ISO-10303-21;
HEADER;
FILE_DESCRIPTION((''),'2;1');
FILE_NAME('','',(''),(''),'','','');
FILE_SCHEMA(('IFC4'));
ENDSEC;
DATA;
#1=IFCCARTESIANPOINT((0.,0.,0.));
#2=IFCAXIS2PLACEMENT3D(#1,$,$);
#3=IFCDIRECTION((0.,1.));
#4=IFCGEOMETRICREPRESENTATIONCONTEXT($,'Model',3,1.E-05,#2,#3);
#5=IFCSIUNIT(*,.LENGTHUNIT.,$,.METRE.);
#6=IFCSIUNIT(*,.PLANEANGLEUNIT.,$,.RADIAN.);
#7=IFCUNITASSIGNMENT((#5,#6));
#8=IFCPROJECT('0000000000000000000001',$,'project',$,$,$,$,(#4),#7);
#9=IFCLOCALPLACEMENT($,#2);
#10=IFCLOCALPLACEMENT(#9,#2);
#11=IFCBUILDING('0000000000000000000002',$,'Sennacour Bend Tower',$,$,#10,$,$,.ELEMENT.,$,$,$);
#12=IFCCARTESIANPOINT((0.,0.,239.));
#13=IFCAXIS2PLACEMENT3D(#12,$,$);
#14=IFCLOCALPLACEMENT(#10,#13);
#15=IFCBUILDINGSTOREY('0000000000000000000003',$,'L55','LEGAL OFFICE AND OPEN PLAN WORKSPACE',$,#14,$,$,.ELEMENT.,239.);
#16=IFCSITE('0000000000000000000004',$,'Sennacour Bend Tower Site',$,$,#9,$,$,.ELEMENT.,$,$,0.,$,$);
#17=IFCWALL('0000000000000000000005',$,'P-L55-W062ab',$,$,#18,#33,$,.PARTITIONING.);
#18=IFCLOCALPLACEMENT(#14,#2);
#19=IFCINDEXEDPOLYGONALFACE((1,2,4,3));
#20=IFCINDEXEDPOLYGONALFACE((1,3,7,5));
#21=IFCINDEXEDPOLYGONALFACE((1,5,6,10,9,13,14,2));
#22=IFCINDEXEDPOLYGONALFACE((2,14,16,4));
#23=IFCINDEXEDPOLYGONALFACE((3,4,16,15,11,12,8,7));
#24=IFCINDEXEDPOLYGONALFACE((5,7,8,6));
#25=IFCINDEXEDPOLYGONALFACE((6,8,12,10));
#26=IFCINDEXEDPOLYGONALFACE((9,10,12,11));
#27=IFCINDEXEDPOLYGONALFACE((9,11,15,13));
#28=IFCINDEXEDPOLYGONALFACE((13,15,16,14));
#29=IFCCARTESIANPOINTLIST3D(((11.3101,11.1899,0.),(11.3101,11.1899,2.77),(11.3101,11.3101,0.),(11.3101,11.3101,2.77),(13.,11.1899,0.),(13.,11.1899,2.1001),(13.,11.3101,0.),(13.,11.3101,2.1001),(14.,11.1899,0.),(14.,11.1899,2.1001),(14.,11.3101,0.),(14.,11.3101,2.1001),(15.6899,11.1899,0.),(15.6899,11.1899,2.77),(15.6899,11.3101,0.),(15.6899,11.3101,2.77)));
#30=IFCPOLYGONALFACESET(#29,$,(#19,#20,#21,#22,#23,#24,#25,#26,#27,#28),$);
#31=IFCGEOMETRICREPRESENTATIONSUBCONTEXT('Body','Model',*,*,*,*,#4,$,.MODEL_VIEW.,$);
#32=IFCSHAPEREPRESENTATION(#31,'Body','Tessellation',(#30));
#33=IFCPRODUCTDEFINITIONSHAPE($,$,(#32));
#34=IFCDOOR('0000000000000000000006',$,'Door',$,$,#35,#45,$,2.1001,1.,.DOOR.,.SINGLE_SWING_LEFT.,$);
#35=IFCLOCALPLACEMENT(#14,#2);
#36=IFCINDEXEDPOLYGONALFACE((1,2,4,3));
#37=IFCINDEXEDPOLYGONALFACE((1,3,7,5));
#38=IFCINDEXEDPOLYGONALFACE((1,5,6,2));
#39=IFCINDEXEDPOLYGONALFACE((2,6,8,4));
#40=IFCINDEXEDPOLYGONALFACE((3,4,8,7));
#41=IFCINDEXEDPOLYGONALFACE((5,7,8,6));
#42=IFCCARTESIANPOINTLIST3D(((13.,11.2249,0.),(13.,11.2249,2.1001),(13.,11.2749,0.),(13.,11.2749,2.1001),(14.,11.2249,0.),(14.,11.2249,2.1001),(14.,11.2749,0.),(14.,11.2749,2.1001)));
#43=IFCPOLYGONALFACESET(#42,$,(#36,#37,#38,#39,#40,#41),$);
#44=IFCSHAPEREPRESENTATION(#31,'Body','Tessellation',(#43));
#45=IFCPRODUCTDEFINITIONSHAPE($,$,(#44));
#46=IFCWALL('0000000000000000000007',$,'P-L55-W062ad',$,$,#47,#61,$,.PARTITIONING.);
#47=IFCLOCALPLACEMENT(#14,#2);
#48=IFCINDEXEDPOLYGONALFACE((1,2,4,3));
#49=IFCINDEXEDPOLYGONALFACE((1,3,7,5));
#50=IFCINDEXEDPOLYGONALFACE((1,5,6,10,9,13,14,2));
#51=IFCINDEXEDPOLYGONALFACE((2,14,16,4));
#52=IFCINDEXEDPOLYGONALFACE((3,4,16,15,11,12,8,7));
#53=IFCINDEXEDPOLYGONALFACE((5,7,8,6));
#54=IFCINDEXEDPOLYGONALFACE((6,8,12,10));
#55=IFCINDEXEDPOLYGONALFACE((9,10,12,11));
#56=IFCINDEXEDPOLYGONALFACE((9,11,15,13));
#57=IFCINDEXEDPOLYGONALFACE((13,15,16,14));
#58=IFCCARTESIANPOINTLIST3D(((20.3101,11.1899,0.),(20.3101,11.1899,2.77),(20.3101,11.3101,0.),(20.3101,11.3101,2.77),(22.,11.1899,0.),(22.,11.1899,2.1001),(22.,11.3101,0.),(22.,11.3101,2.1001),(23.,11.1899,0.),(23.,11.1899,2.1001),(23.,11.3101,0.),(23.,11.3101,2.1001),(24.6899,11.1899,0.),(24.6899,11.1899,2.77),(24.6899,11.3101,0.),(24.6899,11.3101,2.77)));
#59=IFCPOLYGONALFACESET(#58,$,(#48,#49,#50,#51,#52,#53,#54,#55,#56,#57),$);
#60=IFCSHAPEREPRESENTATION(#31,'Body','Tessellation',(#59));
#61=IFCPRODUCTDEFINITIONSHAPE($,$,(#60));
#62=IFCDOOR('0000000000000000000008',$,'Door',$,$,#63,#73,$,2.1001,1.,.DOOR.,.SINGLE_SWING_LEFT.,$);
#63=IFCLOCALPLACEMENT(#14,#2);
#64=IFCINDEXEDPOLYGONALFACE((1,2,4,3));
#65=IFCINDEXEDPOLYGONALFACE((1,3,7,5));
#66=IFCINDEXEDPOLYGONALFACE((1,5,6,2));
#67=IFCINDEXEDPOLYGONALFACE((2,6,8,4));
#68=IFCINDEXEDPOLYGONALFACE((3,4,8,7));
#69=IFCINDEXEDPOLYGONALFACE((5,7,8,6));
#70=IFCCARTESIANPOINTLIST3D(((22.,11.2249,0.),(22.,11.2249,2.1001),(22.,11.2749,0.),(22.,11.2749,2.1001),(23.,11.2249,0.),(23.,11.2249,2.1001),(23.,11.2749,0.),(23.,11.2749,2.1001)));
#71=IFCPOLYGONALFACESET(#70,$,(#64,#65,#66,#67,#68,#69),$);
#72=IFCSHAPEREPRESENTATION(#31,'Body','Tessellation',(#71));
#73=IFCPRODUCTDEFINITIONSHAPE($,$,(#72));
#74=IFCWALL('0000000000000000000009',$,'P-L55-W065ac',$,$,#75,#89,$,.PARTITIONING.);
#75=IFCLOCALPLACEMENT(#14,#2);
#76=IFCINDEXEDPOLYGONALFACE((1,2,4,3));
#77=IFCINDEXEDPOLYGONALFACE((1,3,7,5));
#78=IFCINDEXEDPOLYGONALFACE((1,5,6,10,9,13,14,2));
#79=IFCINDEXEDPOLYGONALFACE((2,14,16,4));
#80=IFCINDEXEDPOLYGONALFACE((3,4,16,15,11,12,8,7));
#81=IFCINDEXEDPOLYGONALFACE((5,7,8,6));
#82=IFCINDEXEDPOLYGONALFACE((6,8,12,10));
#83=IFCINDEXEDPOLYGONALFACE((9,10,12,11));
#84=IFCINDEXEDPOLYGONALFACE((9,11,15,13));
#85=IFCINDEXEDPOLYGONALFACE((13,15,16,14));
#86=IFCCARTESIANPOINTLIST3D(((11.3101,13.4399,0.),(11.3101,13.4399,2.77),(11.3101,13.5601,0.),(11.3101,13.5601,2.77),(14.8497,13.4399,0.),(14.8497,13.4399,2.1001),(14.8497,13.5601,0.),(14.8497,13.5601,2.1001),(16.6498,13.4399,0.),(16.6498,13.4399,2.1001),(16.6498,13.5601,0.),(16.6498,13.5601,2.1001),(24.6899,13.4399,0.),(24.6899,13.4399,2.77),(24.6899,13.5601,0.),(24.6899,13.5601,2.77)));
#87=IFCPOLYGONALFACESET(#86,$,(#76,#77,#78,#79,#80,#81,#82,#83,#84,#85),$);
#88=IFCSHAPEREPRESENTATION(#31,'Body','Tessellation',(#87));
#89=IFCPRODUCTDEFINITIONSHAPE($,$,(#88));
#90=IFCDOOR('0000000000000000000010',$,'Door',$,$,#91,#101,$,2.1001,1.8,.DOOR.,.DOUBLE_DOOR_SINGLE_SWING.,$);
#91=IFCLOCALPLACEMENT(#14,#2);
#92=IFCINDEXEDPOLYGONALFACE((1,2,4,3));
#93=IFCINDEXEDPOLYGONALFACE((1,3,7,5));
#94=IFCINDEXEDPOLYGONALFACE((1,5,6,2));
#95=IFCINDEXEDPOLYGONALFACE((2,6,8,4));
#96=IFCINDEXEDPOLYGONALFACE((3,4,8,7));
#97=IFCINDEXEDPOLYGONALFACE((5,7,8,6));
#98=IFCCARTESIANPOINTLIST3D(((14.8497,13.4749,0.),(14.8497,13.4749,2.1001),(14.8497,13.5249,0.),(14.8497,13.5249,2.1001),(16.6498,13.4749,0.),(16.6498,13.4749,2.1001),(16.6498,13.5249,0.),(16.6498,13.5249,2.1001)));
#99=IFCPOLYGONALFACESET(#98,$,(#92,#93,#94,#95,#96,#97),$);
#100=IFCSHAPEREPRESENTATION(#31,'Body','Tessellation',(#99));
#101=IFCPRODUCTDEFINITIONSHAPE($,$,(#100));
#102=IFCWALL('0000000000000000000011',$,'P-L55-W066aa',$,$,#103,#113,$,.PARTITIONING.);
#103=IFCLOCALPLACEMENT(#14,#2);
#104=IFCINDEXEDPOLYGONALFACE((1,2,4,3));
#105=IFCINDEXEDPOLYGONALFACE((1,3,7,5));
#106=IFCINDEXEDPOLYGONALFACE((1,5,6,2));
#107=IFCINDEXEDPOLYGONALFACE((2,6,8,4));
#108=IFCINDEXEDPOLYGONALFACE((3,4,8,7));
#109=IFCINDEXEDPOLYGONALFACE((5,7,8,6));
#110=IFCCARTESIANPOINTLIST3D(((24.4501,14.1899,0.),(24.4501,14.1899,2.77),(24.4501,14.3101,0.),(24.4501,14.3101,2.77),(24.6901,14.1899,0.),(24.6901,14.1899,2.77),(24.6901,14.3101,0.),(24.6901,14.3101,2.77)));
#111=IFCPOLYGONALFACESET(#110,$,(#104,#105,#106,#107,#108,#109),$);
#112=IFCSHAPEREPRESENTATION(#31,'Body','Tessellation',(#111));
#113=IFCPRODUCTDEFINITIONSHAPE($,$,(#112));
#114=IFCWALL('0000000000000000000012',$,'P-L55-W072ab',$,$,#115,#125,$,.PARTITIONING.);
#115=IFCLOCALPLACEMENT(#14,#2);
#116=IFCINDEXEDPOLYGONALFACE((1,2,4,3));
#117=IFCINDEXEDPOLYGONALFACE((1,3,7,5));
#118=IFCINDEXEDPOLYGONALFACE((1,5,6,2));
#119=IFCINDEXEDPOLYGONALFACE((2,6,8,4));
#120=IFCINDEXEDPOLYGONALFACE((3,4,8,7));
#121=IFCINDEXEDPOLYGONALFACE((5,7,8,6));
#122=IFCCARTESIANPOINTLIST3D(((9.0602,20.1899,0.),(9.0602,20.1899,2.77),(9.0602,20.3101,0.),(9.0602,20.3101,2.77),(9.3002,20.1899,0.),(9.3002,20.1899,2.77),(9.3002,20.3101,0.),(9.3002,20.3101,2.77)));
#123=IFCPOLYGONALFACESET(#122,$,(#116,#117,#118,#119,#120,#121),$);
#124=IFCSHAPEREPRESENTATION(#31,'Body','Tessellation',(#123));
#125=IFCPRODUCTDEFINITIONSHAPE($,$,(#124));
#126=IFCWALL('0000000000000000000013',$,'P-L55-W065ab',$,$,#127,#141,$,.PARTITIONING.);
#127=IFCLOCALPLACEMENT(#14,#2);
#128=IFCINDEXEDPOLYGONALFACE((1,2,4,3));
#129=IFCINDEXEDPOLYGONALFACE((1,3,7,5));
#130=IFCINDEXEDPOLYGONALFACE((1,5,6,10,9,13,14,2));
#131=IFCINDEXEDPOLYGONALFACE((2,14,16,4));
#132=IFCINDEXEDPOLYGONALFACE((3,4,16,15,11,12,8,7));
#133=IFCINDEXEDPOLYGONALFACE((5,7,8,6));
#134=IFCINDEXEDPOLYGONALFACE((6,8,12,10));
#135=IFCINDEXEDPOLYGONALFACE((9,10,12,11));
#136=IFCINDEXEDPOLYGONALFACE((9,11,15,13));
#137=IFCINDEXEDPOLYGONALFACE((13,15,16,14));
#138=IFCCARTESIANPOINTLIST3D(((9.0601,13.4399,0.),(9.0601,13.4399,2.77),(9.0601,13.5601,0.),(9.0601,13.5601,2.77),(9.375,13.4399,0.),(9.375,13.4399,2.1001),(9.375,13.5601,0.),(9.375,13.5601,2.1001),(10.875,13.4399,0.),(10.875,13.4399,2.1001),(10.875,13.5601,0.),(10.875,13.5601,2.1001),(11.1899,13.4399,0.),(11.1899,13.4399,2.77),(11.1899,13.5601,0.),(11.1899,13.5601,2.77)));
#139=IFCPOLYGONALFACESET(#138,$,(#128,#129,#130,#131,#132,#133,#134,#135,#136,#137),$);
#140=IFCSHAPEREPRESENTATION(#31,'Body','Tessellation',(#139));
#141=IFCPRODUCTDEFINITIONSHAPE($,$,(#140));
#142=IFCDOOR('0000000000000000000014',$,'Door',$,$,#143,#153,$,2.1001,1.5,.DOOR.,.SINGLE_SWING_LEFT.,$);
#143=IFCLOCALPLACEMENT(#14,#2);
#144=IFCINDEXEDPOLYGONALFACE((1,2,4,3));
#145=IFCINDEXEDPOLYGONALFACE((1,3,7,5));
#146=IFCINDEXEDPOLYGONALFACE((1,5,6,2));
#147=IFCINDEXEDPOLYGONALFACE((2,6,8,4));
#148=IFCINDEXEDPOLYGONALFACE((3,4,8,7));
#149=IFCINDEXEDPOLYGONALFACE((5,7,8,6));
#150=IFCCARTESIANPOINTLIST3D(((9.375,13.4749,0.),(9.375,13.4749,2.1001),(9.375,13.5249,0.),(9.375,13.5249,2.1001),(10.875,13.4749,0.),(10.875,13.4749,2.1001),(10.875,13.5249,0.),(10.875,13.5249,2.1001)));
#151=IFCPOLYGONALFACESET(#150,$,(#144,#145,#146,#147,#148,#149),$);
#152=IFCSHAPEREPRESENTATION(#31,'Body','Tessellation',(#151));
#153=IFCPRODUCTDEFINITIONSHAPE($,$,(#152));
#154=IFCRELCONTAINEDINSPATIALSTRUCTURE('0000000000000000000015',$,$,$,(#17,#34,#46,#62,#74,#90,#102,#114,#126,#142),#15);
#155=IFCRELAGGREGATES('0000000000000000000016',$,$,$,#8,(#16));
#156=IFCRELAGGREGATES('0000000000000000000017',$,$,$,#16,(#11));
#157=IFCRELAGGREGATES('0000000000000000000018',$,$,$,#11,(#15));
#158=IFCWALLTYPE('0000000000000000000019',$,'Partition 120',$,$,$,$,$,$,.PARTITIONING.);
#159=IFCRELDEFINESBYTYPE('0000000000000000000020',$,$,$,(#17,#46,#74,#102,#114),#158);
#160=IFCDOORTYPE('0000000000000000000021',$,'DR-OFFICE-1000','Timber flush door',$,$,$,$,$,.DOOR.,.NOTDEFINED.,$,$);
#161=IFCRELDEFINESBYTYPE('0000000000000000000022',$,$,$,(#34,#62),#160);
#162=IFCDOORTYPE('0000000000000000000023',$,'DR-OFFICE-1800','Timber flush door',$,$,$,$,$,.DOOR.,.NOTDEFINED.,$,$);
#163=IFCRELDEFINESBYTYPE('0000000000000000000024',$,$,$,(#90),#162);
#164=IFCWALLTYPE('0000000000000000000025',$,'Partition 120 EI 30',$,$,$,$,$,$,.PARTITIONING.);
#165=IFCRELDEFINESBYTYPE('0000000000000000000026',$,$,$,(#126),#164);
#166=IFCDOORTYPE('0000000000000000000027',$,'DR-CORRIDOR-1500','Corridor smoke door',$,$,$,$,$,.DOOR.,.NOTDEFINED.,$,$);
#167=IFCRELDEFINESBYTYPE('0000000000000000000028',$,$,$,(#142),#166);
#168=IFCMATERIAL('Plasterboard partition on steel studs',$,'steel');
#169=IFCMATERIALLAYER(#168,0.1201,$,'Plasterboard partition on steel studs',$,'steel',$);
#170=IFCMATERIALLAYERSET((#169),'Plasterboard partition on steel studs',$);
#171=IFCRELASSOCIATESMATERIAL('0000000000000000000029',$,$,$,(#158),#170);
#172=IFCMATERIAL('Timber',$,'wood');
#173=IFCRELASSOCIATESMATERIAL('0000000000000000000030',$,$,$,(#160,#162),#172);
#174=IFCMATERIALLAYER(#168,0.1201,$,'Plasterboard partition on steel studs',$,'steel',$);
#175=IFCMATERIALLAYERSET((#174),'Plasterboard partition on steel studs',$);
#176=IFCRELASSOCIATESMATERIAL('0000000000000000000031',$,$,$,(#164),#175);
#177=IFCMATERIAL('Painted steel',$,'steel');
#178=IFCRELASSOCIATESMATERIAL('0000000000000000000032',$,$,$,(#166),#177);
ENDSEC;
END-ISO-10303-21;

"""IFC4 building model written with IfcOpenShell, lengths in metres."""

from ifc_helpers import new_model, si_unit, direction, frame, frame_2d, origin, place, context, subcontext, project, spatial, rectangle, extrude, material, layer, layer_set, type_object, element, fill, save


model = new_model("IFC4")

# Units and contexts
model_context = context("Model", 3, precision=1e-05, world=origin(), true_north=direction((0.0, 1.0)))
body_context = subcontext(model_context, "Body", "Model", "MODEL_VIEW")
ifc_project = project(units=[si_unit("LENGTHUNIT", "METRE"), si_unit("PLANEANGLEUNIT", "RADIAN")], contexts=[model_context])

# Site, building, storey
site_placement = place(None, origin())
site = spatial("IfcSite", under=ifc_project, at=site_placement, Name="Sennacour Bend Tower Site", CompositionType="ELEMENT", RefElevation=0.0)
building_placement = place(site_placement, origin())
building = spatial("IfcBuilding", under=site, at=building_placement, Name="Sennacour Bend Tower", CompositionType="ELEMENT")
storey_placement = place(building_placement, frame((0.0, 0.0, 239.0)))
storey = spatial("IfcBuildingStorey", under=building, at=storey_placement, Name="L55", Description="LEGAL OFFICE AND OPEN PLAN WORKSPACE", CompositionType="ELEMENT", Elevation=239.0)

# Shared definitions
ifc_material_1 = material(Name="Plasterboard partition on steel studs", Category="steel")
ifc_layer_1 = layer(ifc_material_1, 0.1201, Name="Plasterboard partition on steel studs", Category="steel")
ifc_layer_set_1 = layer_set([ifc_layer_1], Name="Plasterboard partition on steel studs")
wall_type_1 = type_object("IfcWallType", Name="Partition 120", PredefinedType="PARTITIONING", material=ifc_layer_set_1)
ifc_material_2 = material(Name="Timber", Category="wood")
door_type_1 = type_object("IfcDoorType", Name="DR-OFFICE-1000", Description="Timber flush door", OperationType="NOTDEFINED", PredefinedType="DOOR", material=ifc_material_2)

# Walls, openings, doors
wall_1_placement = place(storey_placement, frame((11.3101, 11.25, 0.0), z_axis=(0.0, 0.0, 1.0), x_axis=(1.0, 0.0, 0.0)))
wall_1 = element("IfcWall", 1, at=wall_1_placement, inside=storey, type_object=wall_type_1, Name="P-L55-W062ab", PredefinedType="PARTITIONING", context=body_context, shape_type="SweptSolid", body=[
    extrude(rectangle(XDim=4.3799, YDim=0.1201, at=frame_2d((2.1899, 0.0))), origin(), (0.0, 0.0, 1.0), 2.77),
])
opening_1_placement = place(wall_1_placement, frame((1.6899, 0.0, 0.0)))
opening_1 = element("IfcOpeningElement", 2, at=opening_1_placement, cuts=wall_1, PredefinedType="OPENING", context=body_context, shape_type="SweptSolid", body=[
    extrude(rectangle(XDim=1.0, YDim=2.1001, at=frame_2d((0.5, 1.05))), frame((0.0, 0.0701, 0.0), z_axis=(0.0, -1.0, 0.0), x_axis=(1.0, 0.0, 0.0)), (0.0, 0.0, 1.0), 0.1401),
])
door_1_placement = place(opening_1_placement, origin())
door_1 = element("IfcDoor", 3, at=door_1_placement, inside=storey, type_object=door_type_1, Name="Door", OperationType="SINGLE_SWING_LEFT", OverallHeight=2.1001, OverallWidth=1.0, PredefinedType="DOOR", context=body_context, shape_type="SweptSolid", body=[
    extrude(rectangle(XDim=1.0, YDim=2.1001, at=frame_2d((0.5, 1.05))), frame((0.0, 0.0249, 0.0), z_axis=(0.0, -1.0, 0.0), x_axis=(1.0, 0.0, 0.0)), (0.0, 0.0, 1.0), 0.05),
])
fill(opening_1, door_1)
wall_2_placement = place(storey_placement, frame((20.3101, 11.25, 0.0), z_axis=(0.0, 0.0, 1.0), x_axis=(1.0, 0.0, 0.0)))
wall_2 = element("IfcWall", 4, at=wall_2_placement, inside=storey, type_object=wall_type_1, Name="P-L55-W062ad", PredefinedType="PARTITIONING", context=body_context, shape_type="SweptSolid", body=[
    extrude(rectangle(XDim=4.3799, YDim=0.1201, at=frame_2d((2.1899, 0.0))), origin(), (0.0, 0.0, 1.0), 2.77),
])
opening_2_placement = place(wall_2_placement, frame((1.6899, 0.0, 0.0)))
opening_2 = element("IfcOpeningElement", 5, at=opening_2_placement, cuts=wall_2, PredefinedType="OPENING", context=body_context, shape_type="SweptSolid", body=[
    extrude(rectangle(XDim=1.0, YDim=2.1001, at=frame_2d((0.5, 1.05))), frame((0.0, 0.0701, 0.0), z_axis=(0.0, -1.0, 0.0), x_axis=(1.0, 0.0, 0.0)), (0.0, 0.0, 1.0), 0.1401),
])
door_2_placement = place(opening_2_placement, origin())
door_2 = element("IfcDoor", 6, at=door_2_placement, inside=storey, type_object=door_type_1, Name="Door", OperationType="SINGLE_SWING_LEFT", OverallHeight=2.1001, OverallWidth=1.0, PredefinedType="DOOR", context=body_context, shape_type="SweptSolid", body=[
    extrude(rectangle(XDim=1.0, YDim=2.1001, at=frame_2d((0.5, 1.05))), frame((0.0, 0.0249, 0.0), z_axis=(0.0, -1.0, 0.0), x_axis=(1.0, 0.0, 0.0)), (0.0, 0.0, 1.0), 0.05),
])
fill(opening_2, door_2)
wall_3_placement = place(storey_placement, frame((11.3101, 13.5, 0.0), z_axis=(0.0, 0.0, 1.0), x_axis=(1.0, 0.0, 0.0)))
wall_3 = element("IfcWall", 7, at=wall_3_placement, inside=storey, type_object=wall_type_1, Name="P-L55-W065ac", PredefinedType="PARTITIONING", context=body_context, shape_type="SweptSolid", body=[
    extrude(rectangle(XDim=13.3799, YDim=0.1201, at=frame_2d((6.6899, 0.0))), origin(), (0.0, 0.0, 1.0), 2.77),
])
opening_3_placement = place(wall_3_placement, frame((3.5398, 0.0, 0.0)))
opening_3 = element("IfcOpeningElement", 8, at=opening_3_placement, cuts=wall_3, PredefinedType="OPENING", context=body_context, shape_type="SweptSolid", body=[
    extrude(rectangle(XDim=1.8, YDim=2.1001, at=frame_2d((0.8999, 1.05))), frame((0.0, 0.0701, 0.0), z_axis=(0.0, -1.0, 0.0), x_axis=(1.0, 0.0, 0.0)), (0.0, 0.0, 1.0), 0.1401),
])
door_type_2 = type_object("IfcDoorType", Name="DR-OFFICE-1800", Description="Timber flush door", OperationType="NOTDEFINED", PredefinedType="DOOR", material=ifc_material_2)
door_3_placement = place(opening_3_placement, origin())
door_3 = element("IfcDoor", 9, at=door_3_placement, inside=storey, type_object=door_type_2, Name="Door", OperationType="DOUBLE_DOOR_SINGLE_SWING", OverallHeight=2.1001, OverallWidth=1.8, PredefinedType="DOOR", context=body_context, shape_type="SweptSolid", body=[
    extrude(rectangle(XDim=1.8, YDim=2.1001, at=frame_2d((0.8999, 1.05))), frame((0.0, 0.0249, 0.0), z_axis=(0.0, -1.0, 0.0), x_axis=(1.0, 0.0, 0.0)), (0.0, 0.0, 1.0), 0.05),
])
fill(opening_3, door_3)

# Walls
for number, where, z_axis, x_axis, name in (
    (10, (24.45, 14.25, 0.0), (0.0, 0.0, 1.0), (1.0, 0.0, 0.0), "P-L55-W066aa"),
    (11, (9.0601, 20.25, 0.0), (0.0, 0.0, 1.0), (1.0, 0.0, 0.0), "P-L55-W072ab"),
):
    element("IfcWall", number, at=place(storey_placement, frame(where, z_axis=z_axis, x_axis=x_axis)), inside=storey, type_object=wall_type_1, Name=name, PredefinedType="PARTITIONING", context=body_context, shape_type="SweptSolid", body=[
        extrude(rectangle(XDim=0.24, YDim=0.1201, at=frame_2d((0.1201, 0.0))), origin(), (0.0, 0.0, 1.0), 2.77),
    ])

# Wall, opening, door
ifc_layer_2 = layer(ifc_material_1, 0.1201, Name="Plasterboard partition on steel studs", Category="steel")
ifc_layer_set_2 = layer_set([ifc_layer_2], Name="Plasterboard partition on steel studs")
wall_type_2 = type_object("IfcWallType", Name="Partition 120 EI 30", PredefinedType="PARTITIONING", material=ifc_layer_set_2)
wall_4_placement = place(storey_placement, frame((9.0601, 13.5, 0.0), z_axis=(0.0, 0.0, 1.0), x_axis=(1.0, 0.0, 0.0)))
wall_4 = element("IfcWall", 12, at=wall_4_placement, inside=storey, type_object=wall_type_2, Name="P-L55-W065ab", PredefinedType="PARTITIONING", context=body_context, shape_type="SweptSolid", body=[
    extrude(rectangle(XDim=2.1299, YDim=0.1201, at=frame_2d((1.0649, 0.0))), origin(), (0.0, 0.0, 1.0), 2.77),
])
opening_4_placement = place(wall_4_placement, frame((0.3149, 0.0, 0.0)))
opening_4 = element("IfcOpeningElement", 13, at=opening_4_placement, cuts=wall_4, PredefinedType="OPENING", context=body_context, shape_type="SweptSolid", body=[
    extrude(rectangle(XDim=1.5, YDim=2.1001, at=frame_2d((0.75, 1.05))), frame((0.0, 0.0701, 0.0), z_axis=(0.0, -1.0, 0.0), x_axis=(1.0, 0.0, 0.0)), (0.0, 0.0, 1.0), 0.1401),
])
ifc_material_3 = material(Name="Painted steel", Category="steel")
door_type_3 = type_object("IfcDoorType", Name="DR-CORRIDOR-1500", Description="Corridor smoke door", OperationType="NOTDEFINED", PredefinedType="DOOR", material=ifc_material_3)
door_4_placement = place(opening_4_placement, origin())
door_4 = element("IfcDoor", 14, at=door_4_placement, inside=storey, type_object=door_type_3, Name="Door", OperationType="SINGLE_SWING_LEFT", OverallHeight=2.1001, OverallWidth=1.5, PredefinedType="DOOR", context=body_context, shape_type="SweptSolid", body=[
    extrude(rectangle(XDim=1.5, YDim=2.1001, at=frame_2d((0.75, 1.05))), frame((0.0, 0.0249, 0.0), z_axis=(0.0, -1.0, 0.0), x_axis=(1.0, 0.0, 0.0)), (0.0, 0.0, 1.0), 0.05),
])
fill(opening_4, door_4)

save(model, "model.ifc")
